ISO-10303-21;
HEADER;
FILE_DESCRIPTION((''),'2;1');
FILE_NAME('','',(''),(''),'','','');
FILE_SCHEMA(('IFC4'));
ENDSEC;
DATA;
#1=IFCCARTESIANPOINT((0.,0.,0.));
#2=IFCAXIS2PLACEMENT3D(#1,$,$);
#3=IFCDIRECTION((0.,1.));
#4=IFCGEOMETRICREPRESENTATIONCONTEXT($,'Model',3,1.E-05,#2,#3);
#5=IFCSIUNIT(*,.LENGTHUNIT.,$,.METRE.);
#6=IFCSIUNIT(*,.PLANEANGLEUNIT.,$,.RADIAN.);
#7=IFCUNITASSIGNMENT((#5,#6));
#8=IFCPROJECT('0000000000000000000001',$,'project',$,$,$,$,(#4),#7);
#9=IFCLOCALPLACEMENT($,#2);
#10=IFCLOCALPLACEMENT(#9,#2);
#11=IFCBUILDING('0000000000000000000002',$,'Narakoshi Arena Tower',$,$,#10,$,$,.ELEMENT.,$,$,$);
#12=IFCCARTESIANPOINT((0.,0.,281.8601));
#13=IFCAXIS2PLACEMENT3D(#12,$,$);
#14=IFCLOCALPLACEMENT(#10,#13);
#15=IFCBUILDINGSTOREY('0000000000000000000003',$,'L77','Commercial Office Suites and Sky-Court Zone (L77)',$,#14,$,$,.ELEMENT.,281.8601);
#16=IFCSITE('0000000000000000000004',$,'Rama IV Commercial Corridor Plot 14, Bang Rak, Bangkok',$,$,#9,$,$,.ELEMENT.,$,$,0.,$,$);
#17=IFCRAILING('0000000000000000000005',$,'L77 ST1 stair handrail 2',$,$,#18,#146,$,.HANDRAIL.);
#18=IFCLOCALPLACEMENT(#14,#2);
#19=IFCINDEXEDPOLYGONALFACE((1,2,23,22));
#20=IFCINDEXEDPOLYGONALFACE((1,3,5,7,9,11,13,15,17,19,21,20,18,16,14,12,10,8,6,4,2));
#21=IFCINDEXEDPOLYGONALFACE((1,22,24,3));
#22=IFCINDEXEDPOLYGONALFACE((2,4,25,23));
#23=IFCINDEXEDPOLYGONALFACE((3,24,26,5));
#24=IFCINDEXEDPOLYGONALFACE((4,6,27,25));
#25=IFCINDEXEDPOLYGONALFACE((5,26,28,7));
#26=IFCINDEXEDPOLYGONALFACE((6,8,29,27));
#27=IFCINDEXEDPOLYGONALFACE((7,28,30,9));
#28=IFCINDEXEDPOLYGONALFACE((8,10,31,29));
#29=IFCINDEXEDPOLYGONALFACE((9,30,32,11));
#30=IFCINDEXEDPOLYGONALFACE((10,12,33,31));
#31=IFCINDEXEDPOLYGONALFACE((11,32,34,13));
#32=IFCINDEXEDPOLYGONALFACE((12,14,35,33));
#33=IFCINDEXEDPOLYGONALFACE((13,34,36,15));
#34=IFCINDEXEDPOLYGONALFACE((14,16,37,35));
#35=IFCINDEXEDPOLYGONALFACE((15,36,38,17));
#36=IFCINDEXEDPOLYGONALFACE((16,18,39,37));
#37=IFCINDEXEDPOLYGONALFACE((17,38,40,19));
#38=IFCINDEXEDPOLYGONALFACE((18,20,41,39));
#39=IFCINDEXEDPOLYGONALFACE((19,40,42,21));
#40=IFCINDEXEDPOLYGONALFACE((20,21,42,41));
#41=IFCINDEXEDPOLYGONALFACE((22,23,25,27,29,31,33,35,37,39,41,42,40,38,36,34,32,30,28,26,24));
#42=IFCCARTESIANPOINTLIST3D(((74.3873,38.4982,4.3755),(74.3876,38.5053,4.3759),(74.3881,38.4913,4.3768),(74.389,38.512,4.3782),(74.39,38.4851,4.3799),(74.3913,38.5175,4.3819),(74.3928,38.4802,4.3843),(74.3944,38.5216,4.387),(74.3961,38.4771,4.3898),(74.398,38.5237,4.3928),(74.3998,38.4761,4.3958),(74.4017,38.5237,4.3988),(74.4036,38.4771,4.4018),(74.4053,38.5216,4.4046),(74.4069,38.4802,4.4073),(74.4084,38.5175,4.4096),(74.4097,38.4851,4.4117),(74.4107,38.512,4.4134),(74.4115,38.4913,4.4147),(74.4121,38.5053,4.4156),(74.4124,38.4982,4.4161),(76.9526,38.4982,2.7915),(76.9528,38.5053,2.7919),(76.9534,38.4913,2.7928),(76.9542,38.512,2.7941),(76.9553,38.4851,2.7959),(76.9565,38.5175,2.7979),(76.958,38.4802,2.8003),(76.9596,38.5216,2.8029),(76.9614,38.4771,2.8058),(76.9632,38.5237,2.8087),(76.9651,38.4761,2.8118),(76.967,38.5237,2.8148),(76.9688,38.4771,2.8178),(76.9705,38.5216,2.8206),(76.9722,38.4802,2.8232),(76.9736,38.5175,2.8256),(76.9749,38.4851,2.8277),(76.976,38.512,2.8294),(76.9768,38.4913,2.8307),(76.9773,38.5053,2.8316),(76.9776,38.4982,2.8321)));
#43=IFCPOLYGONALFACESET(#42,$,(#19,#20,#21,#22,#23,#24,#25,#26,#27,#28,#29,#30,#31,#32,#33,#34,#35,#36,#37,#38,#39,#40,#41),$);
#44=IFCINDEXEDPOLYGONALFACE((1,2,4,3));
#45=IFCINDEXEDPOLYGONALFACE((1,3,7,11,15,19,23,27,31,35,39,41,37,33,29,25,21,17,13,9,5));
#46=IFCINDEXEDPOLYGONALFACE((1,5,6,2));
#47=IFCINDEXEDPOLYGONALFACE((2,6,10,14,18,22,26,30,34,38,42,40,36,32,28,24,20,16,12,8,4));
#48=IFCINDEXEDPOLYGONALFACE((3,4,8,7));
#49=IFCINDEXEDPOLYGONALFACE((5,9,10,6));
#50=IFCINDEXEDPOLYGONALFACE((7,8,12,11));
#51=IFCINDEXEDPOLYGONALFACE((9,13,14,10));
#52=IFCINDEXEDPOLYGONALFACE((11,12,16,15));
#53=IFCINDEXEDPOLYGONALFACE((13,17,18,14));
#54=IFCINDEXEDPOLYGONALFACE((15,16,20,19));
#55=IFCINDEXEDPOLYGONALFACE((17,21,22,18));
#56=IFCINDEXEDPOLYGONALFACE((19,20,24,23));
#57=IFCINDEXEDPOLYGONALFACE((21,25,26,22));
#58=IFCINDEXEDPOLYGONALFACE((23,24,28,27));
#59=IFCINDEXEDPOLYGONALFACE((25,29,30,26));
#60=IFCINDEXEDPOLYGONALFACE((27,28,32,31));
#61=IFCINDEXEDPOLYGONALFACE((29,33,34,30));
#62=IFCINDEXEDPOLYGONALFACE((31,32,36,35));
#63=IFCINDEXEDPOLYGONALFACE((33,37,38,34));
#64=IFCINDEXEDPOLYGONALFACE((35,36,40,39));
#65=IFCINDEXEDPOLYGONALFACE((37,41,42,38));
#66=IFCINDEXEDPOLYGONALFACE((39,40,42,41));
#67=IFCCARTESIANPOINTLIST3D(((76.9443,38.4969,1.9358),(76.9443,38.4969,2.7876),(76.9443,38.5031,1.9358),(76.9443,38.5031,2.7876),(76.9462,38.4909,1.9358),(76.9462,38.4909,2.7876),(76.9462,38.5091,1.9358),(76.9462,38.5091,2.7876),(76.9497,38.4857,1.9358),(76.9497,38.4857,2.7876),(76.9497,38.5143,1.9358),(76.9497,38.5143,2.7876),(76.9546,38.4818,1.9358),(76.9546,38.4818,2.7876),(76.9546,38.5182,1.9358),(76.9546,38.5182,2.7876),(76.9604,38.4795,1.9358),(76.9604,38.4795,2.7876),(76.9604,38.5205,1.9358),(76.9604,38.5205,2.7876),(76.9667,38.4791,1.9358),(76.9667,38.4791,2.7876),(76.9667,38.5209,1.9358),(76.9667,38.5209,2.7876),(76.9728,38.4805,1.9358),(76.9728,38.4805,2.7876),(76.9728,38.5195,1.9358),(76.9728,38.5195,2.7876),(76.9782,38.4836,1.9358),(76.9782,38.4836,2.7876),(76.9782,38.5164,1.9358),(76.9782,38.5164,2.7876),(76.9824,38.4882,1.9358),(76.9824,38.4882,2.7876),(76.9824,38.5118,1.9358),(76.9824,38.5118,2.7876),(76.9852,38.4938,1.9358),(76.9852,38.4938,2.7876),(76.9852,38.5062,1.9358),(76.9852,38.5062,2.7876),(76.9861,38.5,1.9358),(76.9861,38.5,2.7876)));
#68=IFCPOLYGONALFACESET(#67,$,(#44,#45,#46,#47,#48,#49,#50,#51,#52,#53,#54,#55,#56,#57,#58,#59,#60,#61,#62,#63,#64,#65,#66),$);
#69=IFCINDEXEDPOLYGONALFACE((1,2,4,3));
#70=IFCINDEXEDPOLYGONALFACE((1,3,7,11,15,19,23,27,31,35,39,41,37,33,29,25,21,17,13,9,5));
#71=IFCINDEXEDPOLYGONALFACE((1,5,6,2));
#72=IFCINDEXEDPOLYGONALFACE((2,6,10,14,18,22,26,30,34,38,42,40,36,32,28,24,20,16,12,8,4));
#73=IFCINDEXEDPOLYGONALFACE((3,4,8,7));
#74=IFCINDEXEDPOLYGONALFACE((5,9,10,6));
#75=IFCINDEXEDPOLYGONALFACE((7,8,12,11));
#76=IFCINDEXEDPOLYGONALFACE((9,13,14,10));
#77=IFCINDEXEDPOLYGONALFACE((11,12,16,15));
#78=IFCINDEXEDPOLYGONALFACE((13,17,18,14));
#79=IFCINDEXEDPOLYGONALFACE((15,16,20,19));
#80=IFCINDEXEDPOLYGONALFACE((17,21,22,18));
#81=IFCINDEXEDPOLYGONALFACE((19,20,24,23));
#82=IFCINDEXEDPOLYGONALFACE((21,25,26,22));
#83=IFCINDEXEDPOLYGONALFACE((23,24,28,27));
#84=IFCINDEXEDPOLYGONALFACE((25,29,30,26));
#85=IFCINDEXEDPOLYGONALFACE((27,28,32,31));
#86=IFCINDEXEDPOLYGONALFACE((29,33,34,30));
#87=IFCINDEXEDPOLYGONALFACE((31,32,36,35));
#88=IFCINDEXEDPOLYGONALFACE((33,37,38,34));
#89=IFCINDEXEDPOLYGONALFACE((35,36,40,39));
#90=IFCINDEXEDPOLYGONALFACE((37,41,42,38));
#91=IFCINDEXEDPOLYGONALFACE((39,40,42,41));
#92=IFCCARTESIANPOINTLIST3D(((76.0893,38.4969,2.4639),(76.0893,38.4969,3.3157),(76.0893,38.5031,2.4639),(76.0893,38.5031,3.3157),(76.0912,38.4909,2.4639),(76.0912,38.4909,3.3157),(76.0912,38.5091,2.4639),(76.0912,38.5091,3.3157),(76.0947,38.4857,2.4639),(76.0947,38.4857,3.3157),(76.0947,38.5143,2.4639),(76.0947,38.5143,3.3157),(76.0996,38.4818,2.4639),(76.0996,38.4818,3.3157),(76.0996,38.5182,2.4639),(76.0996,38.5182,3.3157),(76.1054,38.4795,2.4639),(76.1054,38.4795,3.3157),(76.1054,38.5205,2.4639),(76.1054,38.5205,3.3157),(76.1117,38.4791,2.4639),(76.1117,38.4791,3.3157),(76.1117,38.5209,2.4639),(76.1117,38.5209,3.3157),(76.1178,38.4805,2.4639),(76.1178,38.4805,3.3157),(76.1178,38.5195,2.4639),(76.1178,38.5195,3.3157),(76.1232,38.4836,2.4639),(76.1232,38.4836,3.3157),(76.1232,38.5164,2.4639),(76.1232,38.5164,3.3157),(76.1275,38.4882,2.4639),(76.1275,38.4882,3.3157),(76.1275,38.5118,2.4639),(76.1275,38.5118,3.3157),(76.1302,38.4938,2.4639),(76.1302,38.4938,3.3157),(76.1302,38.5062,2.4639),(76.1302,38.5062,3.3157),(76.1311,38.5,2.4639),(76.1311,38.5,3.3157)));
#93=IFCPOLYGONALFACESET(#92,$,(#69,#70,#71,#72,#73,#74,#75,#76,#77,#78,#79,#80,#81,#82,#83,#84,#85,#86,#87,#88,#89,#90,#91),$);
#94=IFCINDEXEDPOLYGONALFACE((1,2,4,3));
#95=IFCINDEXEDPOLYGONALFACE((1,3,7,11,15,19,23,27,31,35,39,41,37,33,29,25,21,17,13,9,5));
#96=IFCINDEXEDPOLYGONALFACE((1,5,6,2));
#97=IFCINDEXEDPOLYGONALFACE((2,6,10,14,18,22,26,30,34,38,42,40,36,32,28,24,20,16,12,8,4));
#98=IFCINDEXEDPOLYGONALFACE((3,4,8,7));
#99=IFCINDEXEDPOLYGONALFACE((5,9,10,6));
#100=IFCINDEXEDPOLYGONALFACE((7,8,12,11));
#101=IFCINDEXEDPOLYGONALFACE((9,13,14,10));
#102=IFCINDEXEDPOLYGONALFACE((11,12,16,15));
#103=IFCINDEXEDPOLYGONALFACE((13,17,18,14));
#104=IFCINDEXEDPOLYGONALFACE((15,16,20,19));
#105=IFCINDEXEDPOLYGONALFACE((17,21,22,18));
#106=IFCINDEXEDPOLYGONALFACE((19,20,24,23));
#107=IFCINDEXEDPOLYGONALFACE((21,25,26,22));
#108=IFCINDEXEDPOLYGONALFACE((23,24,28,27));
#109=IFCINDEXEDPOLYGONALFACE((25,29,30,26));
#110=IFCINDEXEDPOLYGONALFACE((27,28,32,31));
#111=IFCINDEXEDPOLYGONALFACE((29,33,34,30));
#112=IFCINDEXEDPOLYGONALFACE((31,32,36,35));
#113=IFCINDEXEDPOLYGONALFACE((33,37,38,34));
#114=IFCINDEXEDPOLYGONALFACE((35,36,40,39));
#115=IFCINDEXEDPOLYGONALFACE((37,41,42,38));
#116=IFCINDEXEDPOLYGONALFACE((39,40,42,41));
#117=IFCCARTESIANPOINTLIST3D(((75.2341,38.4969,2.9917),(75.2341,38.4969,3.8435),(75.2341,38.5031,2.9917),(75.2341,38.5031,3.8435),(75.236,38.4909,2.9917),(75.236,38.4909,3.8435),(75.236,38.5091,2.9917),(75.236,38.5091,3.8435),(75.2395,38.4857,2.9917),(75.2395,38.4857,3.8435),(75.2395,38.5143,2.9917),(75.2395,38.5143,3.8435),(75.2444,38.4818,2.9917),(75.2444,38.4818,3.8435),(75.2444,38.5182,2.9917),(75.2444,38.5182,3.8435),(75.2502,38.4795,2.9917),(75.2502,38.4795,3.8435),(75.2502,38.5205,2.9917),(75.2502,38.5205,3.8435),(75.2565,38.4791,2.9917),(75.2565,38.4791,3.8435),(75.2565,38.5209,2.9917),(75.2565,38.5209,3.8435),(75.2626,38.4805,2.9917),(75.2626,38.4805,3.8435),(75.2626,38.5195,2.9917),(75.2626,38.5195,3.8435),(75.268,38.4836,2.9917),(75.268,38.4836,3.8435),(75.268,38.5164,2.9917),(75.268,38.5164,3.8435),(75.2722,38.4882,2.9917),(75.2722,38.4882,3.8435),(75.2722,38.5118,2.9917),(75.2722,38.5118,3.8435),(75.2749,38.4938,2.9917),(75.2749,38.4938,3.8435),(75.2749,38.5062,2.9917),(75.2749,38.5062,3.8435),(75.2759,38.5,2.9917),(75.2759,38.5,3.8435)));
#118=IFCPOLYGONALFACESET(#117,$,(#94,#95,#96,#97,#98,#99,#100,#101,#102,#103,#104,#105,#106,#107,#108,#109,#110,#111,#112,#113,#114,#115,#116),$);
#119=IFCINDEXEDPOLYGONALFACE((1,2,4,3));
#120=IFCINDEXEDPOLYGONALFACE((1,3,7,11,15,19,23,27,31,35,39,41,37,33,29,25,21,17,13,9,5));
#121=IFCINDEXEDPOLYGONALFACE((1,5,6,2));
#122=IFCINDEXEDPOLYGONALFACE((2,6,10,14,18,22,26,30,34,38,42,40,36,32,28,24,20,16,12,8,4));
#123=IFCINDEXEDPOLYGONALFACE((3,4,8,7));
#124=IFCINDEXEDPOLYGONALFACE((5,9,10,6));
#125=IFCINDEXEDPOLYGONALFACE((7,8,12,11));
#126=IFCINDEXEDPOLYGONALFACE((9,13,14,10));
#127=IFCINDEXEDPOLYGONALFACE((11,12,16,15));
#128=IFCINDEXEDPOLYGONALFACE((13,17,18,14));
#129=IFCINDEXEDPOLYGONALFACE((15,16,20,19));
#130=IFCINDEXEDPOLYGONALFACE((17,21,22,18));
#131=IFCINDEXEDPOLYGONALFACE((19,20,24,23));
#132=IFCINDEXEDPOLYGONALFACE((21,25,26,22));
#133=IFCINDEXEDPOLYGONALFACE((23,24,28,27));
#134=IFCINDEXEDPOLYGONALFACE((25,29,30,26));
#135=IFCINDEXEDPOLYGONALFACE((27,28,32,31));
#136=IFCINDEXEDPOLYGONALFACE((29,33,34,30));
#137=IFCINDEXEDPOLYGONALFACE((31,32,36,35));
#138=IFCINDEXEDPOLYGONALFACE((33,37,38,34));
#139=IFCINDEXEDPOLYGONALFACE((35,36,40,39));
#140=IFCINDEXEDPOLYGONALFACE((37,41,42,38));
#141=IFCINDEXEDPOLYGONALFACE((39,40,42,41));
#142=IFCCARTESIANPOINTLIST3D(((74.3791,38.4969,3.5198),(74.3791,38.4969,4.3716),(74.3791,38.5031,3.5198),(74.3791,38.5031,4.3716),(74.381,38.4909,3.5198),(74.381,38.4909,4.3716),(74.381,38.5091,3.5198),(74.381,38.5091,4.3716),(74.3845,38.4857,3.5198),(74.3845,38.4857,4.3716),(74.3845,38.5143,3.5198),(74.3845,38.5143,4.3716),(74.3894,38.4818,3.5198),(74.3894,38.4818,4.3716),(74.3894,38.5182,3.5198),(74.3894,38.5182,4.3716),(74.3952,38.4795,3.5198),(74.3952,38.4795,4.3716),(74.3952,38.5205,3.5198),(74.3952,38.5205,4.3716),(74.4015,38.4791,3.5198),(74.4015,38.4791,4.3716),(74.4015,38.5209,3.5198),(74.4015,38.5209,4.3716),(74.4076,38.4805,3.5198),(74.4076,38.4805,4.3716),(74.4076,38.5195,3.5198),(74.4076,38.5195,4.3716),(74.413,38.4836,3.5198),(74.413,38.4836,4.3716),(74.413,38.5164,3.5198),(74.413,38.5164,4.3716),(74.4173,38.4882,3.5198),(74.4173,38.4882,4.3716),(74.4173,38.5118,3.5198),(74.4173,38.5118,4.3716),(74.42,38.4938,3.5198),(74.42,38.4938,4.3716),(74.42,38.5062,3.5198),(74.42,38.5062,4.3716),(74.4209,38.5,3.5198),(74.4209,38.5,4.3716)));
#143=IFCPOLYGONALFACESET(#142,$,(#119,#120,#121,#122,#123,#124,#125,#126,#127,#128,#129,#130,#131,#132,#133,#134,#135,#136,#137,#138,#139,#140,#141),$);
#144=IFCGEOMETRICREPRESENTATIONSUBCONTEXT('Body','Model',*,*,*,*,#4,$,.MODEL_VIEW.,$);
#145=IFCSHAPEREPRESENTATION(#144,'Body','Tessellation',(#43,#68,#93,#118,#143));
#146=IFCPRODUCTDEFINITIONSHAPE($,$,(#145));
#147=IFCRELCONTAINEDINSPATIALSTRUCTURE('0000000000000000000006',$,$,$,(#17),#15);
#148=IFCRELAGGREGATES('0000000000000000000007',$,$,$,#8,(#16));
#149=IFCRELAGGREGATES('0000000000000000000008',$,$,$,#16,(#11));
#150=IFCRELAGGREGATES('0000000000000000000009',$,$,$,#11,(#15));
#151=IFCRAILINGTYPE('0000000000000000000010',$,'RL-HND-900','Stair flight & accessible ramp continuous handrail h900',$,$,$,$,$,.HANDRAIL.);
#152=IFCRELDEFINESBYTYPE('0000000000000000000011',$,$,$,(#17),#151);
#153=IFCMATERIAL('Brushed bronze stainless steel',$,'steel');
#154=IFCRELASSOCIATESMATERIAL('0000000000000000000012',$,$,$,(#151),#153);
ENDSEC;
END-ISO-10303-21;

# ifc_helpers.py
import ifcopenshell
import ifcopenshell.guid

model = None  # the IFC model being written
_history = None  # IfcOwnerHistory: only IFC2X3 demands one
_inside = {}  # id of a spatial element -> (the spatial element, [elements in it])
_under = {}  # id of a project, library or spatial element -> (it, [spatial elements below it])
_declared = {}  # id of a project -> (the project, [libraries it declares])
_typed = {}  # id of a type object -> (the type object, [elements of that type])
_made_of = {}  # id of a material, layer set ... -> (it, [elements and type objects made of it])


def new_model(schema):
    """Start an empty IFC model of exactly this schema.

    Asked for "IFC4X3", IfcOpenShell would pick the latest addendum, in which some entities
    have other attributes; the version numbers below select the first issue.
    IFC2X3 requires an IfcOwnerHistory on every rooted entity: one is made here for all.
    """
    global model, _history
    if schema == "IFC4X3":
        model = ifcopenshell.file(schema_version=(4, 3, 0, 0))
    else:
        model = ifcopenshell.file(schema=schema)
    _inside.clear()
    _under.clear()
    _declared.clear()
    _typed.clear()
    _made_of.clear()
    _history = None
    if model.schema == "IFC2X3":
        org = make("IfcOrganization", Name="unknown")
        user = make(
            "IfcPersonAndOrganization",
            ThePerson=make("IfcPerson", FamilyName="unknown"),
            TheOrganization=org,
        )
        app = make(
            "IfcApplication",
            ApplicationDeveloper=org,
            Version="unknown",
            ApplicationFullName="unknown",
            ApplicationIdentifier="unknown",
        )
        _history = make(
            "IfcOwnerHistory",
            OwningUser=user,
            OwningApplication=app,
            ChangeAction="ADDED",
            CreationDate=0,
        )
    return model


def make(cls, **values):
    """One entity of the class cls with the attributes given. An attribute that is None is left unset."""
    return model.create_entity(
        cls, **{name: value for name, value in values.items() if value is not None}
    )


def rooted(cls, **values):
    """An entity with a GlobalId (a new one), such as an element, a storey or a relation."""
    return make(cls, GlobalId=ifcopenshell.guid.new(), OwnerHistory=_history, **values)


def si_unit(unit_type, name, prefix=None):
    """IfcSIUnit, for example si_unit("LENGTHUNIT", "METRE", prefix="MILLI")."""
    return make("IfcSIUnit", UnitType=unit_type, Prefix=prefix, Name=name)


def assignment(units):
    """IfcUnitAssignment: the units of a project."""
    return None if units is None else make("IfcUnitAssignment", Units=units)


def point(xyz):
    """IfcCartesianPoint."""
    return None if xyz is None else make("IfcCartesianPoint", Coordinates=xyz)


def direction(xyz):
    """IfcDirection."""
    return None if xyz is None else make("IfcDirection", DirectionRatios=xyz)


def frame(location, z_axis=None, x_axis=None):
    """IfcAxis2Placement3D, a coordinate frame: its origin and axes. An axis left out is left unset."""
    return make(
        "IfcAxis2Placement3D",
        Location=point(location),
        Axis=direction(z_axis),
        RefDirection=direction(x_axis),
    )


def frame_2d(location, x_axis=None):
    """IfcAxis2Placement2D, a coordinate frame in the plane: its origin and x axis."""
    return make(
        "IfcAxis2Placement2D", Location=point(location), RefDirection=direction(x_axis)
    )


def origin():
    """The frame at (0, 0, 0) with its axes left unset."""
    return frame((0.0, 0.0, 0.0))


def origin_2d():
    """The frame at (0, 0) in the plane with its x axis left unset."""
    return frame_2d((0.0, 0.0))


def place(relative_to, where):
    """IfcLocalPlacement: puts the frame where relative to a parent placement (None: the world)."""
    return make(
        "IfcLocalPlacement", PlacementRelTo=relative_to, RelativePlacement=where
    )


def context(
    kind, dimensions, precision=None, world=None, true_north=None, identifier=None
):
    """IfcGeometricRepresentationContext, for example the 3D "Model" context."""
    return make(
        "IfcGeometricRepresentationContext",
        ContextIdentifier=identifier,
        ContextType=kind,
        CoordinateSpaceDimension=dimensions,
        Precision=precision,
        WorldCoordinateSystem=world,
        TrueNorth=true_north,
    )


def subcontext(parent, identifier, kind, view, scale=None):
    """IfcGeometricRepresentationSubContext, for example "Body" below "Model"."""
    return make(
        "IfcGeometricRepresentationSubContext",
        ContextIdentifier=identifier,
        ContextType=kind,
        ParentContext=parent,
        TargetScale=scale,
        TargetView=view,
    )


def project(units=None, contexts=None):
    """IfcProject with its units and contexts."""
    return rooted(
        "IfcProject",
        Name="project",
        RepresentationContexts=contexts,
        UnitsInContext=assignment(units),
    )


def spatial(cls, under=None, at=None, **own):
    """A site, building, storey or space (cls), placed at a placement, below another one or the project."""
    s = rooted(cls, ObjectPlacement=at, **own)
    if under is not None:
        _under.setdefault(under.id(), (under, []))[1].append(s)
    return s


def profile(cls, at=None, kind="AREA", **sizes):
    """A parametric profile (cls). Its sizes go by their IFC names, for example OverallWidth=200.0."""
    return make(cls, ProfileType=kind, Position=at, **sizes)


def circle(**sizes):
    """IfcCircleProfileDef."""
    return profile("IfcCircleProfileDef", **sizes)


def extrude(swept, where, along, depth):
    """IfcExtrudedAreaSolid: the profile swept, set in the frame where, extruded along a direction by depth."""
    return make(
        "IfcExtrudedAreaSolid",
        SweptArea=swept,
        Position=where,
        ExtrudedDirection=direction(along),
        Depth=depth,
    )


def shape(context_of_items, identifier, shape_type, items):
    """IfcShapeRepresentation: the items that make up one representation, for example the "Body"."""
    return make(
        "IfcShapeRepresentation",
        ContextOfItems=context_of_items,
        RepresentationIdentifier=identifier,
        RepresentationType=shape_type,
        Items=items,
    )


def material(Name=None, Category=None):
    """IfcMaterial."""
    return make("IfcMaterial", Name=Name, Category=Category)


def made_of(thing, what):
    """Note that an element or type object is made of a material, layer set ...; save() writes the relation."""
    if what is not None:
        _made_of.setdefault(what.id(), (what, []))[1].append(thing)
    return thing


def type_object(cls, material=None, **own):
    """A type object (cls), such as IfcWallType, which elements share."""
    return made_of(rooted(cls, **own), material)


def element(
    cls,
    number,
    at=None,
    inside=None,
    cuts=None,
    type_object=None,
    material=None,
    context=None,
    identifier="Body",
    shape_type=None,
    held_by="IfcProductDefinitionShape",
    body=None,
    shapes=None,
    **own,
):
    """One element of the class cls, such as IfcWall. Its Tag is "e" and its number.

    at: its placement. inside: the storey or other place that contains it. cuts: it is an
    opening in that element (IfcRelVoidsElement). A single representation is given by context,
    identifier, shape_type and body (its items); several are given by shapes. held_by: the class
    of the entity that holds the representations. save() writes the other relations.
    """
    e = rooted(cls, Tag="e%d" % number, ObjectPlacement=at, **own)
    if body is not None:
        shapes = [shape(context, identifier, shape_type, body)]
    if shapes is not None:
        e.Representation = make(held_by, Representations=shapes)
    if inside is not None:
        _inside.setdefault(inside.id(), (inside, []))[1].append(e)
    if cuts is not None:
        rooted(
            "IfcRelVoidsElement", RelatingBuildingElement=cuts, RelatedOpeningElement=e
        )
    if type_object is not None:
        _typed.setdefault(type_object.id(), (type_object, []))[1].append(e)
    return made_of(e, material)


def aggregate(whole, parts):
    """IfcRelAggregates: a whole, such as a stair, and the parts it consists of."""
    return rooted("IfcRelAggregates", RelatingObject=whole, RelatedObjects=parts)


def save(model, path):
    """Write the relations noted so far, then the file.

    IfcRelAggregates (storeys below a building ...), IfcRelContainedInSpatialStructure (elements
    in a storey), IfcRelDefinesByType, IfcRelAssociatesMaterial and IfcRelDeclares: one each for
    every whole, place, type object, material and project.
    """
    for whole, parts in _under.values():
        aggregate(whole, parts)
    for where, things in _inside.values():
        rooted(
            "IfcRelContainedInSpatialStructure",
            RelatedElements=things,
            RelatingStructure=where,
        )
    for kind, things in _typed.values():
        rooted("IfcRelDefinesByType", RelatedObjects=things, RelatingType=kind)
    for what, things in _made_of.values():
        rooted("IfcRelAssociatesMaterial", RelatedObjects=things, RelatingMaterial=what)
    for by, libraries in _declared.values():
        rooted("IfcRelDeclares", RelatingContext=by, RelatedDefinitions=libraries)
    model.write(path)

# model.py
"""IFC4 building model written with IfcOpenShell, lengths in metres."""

from ifc_helpers import new_model, si_unit, direction, frame, origin, origin_2d, place, context, subcontext, project, spatial, circle, extrude, material, type_object, element, save


model = new_model("IFC4")

# Units and contexts
model_context = context("Model", 3, precision=1e-05, world=origin(), true_north=direction((0.0, 1.0)))
body_context = subcontext(model_context, "Body", "Model", "MODEL_VIEW")
ifc_project = project(units=[si_unit("LENGTHUNIT", "METRE"), si_unit("PLANEANGLEUNIT", "RADIAN")], contexts=[model_context])

# Site, building, storey
site_placement = place(None, origin())
site = spatial("IfcSite", under=ifc_project, at=site_placement, Name="Rama IV Commercial Corridor Plot 14, Bang Rak, Bangkok", CompositionType="ELEMENT", RefElevation=0.0)
building_placement = place(site_placement, origin())
building = spatial("IfcBuilding", under=site, at=building_placement, Name="Narakoshi Arena Tower", CompositionType="ELEMENT")
storey_placement = place(building_placement, frame((0.0, 0.0, 281.8601)))
storey = spatial("IfcBuildingStorey", under=building, at=storey_placement, Name="L77", Description="Commercial Office Suites and Sky-Court Zone (L77)", CompositionType="ELEMENT", Elevation=281.8601)

# Railing
ifc_material_1 = material(Name="Brushed bronze stainless steel", Category="steel")
railing_type_1 = type_object("IfcRailingType", Name="RL-HND-900", Description="Stair flight & accessible ramp continuous handrail h900", PredefinedType="HANDRAIL", material=ifc_material_1)
railing_1_placement = place(storey_placement, frame((76.9651, 38.5, 1.9358)))
element("IfcRailing", 1, at=railing_1_placement, inside=storey, type_object=railing_type_1, Name="L77 ST1 stair handrail 2", PredefinedType="HANDRAIL", context=body_context, shape_type="SweptSolid", body=[
    extrude(circle(Radius=0.0239, at=origin_2d()), frame((0.0, 0.0, 0.876), z_axis=(-0.850857, 0.0, 0.525398), x_axis=(0.0, -1.0, 0.0)), (0.0, 0.0, 1.0), 3.0149),
    extrude(circle(Radius=0.021, at=origin_2d()), origin(), (0.0, 0.0, 1.0), 0.8518),
    extrude(circle(Radius=0.021, at=origin_2d()), frame((-0.855, 0.0, 0.5281)), (0.0, 0.0, 1.0), 0.8518),
    extrude(circle(Radius=0.021, at=origin_2d()), frame((-1.7102, 0.0, 1.0559)), (0.0, 0.0, 1.0), 0.8518),
    extrude(circle(Radius=0.021, at=origin_2d()), frame((-2.5652, 0.0, 1.584)), (0.0, 0.0, 1.0), 0.8518),
])

save(model, "model.ifc")
